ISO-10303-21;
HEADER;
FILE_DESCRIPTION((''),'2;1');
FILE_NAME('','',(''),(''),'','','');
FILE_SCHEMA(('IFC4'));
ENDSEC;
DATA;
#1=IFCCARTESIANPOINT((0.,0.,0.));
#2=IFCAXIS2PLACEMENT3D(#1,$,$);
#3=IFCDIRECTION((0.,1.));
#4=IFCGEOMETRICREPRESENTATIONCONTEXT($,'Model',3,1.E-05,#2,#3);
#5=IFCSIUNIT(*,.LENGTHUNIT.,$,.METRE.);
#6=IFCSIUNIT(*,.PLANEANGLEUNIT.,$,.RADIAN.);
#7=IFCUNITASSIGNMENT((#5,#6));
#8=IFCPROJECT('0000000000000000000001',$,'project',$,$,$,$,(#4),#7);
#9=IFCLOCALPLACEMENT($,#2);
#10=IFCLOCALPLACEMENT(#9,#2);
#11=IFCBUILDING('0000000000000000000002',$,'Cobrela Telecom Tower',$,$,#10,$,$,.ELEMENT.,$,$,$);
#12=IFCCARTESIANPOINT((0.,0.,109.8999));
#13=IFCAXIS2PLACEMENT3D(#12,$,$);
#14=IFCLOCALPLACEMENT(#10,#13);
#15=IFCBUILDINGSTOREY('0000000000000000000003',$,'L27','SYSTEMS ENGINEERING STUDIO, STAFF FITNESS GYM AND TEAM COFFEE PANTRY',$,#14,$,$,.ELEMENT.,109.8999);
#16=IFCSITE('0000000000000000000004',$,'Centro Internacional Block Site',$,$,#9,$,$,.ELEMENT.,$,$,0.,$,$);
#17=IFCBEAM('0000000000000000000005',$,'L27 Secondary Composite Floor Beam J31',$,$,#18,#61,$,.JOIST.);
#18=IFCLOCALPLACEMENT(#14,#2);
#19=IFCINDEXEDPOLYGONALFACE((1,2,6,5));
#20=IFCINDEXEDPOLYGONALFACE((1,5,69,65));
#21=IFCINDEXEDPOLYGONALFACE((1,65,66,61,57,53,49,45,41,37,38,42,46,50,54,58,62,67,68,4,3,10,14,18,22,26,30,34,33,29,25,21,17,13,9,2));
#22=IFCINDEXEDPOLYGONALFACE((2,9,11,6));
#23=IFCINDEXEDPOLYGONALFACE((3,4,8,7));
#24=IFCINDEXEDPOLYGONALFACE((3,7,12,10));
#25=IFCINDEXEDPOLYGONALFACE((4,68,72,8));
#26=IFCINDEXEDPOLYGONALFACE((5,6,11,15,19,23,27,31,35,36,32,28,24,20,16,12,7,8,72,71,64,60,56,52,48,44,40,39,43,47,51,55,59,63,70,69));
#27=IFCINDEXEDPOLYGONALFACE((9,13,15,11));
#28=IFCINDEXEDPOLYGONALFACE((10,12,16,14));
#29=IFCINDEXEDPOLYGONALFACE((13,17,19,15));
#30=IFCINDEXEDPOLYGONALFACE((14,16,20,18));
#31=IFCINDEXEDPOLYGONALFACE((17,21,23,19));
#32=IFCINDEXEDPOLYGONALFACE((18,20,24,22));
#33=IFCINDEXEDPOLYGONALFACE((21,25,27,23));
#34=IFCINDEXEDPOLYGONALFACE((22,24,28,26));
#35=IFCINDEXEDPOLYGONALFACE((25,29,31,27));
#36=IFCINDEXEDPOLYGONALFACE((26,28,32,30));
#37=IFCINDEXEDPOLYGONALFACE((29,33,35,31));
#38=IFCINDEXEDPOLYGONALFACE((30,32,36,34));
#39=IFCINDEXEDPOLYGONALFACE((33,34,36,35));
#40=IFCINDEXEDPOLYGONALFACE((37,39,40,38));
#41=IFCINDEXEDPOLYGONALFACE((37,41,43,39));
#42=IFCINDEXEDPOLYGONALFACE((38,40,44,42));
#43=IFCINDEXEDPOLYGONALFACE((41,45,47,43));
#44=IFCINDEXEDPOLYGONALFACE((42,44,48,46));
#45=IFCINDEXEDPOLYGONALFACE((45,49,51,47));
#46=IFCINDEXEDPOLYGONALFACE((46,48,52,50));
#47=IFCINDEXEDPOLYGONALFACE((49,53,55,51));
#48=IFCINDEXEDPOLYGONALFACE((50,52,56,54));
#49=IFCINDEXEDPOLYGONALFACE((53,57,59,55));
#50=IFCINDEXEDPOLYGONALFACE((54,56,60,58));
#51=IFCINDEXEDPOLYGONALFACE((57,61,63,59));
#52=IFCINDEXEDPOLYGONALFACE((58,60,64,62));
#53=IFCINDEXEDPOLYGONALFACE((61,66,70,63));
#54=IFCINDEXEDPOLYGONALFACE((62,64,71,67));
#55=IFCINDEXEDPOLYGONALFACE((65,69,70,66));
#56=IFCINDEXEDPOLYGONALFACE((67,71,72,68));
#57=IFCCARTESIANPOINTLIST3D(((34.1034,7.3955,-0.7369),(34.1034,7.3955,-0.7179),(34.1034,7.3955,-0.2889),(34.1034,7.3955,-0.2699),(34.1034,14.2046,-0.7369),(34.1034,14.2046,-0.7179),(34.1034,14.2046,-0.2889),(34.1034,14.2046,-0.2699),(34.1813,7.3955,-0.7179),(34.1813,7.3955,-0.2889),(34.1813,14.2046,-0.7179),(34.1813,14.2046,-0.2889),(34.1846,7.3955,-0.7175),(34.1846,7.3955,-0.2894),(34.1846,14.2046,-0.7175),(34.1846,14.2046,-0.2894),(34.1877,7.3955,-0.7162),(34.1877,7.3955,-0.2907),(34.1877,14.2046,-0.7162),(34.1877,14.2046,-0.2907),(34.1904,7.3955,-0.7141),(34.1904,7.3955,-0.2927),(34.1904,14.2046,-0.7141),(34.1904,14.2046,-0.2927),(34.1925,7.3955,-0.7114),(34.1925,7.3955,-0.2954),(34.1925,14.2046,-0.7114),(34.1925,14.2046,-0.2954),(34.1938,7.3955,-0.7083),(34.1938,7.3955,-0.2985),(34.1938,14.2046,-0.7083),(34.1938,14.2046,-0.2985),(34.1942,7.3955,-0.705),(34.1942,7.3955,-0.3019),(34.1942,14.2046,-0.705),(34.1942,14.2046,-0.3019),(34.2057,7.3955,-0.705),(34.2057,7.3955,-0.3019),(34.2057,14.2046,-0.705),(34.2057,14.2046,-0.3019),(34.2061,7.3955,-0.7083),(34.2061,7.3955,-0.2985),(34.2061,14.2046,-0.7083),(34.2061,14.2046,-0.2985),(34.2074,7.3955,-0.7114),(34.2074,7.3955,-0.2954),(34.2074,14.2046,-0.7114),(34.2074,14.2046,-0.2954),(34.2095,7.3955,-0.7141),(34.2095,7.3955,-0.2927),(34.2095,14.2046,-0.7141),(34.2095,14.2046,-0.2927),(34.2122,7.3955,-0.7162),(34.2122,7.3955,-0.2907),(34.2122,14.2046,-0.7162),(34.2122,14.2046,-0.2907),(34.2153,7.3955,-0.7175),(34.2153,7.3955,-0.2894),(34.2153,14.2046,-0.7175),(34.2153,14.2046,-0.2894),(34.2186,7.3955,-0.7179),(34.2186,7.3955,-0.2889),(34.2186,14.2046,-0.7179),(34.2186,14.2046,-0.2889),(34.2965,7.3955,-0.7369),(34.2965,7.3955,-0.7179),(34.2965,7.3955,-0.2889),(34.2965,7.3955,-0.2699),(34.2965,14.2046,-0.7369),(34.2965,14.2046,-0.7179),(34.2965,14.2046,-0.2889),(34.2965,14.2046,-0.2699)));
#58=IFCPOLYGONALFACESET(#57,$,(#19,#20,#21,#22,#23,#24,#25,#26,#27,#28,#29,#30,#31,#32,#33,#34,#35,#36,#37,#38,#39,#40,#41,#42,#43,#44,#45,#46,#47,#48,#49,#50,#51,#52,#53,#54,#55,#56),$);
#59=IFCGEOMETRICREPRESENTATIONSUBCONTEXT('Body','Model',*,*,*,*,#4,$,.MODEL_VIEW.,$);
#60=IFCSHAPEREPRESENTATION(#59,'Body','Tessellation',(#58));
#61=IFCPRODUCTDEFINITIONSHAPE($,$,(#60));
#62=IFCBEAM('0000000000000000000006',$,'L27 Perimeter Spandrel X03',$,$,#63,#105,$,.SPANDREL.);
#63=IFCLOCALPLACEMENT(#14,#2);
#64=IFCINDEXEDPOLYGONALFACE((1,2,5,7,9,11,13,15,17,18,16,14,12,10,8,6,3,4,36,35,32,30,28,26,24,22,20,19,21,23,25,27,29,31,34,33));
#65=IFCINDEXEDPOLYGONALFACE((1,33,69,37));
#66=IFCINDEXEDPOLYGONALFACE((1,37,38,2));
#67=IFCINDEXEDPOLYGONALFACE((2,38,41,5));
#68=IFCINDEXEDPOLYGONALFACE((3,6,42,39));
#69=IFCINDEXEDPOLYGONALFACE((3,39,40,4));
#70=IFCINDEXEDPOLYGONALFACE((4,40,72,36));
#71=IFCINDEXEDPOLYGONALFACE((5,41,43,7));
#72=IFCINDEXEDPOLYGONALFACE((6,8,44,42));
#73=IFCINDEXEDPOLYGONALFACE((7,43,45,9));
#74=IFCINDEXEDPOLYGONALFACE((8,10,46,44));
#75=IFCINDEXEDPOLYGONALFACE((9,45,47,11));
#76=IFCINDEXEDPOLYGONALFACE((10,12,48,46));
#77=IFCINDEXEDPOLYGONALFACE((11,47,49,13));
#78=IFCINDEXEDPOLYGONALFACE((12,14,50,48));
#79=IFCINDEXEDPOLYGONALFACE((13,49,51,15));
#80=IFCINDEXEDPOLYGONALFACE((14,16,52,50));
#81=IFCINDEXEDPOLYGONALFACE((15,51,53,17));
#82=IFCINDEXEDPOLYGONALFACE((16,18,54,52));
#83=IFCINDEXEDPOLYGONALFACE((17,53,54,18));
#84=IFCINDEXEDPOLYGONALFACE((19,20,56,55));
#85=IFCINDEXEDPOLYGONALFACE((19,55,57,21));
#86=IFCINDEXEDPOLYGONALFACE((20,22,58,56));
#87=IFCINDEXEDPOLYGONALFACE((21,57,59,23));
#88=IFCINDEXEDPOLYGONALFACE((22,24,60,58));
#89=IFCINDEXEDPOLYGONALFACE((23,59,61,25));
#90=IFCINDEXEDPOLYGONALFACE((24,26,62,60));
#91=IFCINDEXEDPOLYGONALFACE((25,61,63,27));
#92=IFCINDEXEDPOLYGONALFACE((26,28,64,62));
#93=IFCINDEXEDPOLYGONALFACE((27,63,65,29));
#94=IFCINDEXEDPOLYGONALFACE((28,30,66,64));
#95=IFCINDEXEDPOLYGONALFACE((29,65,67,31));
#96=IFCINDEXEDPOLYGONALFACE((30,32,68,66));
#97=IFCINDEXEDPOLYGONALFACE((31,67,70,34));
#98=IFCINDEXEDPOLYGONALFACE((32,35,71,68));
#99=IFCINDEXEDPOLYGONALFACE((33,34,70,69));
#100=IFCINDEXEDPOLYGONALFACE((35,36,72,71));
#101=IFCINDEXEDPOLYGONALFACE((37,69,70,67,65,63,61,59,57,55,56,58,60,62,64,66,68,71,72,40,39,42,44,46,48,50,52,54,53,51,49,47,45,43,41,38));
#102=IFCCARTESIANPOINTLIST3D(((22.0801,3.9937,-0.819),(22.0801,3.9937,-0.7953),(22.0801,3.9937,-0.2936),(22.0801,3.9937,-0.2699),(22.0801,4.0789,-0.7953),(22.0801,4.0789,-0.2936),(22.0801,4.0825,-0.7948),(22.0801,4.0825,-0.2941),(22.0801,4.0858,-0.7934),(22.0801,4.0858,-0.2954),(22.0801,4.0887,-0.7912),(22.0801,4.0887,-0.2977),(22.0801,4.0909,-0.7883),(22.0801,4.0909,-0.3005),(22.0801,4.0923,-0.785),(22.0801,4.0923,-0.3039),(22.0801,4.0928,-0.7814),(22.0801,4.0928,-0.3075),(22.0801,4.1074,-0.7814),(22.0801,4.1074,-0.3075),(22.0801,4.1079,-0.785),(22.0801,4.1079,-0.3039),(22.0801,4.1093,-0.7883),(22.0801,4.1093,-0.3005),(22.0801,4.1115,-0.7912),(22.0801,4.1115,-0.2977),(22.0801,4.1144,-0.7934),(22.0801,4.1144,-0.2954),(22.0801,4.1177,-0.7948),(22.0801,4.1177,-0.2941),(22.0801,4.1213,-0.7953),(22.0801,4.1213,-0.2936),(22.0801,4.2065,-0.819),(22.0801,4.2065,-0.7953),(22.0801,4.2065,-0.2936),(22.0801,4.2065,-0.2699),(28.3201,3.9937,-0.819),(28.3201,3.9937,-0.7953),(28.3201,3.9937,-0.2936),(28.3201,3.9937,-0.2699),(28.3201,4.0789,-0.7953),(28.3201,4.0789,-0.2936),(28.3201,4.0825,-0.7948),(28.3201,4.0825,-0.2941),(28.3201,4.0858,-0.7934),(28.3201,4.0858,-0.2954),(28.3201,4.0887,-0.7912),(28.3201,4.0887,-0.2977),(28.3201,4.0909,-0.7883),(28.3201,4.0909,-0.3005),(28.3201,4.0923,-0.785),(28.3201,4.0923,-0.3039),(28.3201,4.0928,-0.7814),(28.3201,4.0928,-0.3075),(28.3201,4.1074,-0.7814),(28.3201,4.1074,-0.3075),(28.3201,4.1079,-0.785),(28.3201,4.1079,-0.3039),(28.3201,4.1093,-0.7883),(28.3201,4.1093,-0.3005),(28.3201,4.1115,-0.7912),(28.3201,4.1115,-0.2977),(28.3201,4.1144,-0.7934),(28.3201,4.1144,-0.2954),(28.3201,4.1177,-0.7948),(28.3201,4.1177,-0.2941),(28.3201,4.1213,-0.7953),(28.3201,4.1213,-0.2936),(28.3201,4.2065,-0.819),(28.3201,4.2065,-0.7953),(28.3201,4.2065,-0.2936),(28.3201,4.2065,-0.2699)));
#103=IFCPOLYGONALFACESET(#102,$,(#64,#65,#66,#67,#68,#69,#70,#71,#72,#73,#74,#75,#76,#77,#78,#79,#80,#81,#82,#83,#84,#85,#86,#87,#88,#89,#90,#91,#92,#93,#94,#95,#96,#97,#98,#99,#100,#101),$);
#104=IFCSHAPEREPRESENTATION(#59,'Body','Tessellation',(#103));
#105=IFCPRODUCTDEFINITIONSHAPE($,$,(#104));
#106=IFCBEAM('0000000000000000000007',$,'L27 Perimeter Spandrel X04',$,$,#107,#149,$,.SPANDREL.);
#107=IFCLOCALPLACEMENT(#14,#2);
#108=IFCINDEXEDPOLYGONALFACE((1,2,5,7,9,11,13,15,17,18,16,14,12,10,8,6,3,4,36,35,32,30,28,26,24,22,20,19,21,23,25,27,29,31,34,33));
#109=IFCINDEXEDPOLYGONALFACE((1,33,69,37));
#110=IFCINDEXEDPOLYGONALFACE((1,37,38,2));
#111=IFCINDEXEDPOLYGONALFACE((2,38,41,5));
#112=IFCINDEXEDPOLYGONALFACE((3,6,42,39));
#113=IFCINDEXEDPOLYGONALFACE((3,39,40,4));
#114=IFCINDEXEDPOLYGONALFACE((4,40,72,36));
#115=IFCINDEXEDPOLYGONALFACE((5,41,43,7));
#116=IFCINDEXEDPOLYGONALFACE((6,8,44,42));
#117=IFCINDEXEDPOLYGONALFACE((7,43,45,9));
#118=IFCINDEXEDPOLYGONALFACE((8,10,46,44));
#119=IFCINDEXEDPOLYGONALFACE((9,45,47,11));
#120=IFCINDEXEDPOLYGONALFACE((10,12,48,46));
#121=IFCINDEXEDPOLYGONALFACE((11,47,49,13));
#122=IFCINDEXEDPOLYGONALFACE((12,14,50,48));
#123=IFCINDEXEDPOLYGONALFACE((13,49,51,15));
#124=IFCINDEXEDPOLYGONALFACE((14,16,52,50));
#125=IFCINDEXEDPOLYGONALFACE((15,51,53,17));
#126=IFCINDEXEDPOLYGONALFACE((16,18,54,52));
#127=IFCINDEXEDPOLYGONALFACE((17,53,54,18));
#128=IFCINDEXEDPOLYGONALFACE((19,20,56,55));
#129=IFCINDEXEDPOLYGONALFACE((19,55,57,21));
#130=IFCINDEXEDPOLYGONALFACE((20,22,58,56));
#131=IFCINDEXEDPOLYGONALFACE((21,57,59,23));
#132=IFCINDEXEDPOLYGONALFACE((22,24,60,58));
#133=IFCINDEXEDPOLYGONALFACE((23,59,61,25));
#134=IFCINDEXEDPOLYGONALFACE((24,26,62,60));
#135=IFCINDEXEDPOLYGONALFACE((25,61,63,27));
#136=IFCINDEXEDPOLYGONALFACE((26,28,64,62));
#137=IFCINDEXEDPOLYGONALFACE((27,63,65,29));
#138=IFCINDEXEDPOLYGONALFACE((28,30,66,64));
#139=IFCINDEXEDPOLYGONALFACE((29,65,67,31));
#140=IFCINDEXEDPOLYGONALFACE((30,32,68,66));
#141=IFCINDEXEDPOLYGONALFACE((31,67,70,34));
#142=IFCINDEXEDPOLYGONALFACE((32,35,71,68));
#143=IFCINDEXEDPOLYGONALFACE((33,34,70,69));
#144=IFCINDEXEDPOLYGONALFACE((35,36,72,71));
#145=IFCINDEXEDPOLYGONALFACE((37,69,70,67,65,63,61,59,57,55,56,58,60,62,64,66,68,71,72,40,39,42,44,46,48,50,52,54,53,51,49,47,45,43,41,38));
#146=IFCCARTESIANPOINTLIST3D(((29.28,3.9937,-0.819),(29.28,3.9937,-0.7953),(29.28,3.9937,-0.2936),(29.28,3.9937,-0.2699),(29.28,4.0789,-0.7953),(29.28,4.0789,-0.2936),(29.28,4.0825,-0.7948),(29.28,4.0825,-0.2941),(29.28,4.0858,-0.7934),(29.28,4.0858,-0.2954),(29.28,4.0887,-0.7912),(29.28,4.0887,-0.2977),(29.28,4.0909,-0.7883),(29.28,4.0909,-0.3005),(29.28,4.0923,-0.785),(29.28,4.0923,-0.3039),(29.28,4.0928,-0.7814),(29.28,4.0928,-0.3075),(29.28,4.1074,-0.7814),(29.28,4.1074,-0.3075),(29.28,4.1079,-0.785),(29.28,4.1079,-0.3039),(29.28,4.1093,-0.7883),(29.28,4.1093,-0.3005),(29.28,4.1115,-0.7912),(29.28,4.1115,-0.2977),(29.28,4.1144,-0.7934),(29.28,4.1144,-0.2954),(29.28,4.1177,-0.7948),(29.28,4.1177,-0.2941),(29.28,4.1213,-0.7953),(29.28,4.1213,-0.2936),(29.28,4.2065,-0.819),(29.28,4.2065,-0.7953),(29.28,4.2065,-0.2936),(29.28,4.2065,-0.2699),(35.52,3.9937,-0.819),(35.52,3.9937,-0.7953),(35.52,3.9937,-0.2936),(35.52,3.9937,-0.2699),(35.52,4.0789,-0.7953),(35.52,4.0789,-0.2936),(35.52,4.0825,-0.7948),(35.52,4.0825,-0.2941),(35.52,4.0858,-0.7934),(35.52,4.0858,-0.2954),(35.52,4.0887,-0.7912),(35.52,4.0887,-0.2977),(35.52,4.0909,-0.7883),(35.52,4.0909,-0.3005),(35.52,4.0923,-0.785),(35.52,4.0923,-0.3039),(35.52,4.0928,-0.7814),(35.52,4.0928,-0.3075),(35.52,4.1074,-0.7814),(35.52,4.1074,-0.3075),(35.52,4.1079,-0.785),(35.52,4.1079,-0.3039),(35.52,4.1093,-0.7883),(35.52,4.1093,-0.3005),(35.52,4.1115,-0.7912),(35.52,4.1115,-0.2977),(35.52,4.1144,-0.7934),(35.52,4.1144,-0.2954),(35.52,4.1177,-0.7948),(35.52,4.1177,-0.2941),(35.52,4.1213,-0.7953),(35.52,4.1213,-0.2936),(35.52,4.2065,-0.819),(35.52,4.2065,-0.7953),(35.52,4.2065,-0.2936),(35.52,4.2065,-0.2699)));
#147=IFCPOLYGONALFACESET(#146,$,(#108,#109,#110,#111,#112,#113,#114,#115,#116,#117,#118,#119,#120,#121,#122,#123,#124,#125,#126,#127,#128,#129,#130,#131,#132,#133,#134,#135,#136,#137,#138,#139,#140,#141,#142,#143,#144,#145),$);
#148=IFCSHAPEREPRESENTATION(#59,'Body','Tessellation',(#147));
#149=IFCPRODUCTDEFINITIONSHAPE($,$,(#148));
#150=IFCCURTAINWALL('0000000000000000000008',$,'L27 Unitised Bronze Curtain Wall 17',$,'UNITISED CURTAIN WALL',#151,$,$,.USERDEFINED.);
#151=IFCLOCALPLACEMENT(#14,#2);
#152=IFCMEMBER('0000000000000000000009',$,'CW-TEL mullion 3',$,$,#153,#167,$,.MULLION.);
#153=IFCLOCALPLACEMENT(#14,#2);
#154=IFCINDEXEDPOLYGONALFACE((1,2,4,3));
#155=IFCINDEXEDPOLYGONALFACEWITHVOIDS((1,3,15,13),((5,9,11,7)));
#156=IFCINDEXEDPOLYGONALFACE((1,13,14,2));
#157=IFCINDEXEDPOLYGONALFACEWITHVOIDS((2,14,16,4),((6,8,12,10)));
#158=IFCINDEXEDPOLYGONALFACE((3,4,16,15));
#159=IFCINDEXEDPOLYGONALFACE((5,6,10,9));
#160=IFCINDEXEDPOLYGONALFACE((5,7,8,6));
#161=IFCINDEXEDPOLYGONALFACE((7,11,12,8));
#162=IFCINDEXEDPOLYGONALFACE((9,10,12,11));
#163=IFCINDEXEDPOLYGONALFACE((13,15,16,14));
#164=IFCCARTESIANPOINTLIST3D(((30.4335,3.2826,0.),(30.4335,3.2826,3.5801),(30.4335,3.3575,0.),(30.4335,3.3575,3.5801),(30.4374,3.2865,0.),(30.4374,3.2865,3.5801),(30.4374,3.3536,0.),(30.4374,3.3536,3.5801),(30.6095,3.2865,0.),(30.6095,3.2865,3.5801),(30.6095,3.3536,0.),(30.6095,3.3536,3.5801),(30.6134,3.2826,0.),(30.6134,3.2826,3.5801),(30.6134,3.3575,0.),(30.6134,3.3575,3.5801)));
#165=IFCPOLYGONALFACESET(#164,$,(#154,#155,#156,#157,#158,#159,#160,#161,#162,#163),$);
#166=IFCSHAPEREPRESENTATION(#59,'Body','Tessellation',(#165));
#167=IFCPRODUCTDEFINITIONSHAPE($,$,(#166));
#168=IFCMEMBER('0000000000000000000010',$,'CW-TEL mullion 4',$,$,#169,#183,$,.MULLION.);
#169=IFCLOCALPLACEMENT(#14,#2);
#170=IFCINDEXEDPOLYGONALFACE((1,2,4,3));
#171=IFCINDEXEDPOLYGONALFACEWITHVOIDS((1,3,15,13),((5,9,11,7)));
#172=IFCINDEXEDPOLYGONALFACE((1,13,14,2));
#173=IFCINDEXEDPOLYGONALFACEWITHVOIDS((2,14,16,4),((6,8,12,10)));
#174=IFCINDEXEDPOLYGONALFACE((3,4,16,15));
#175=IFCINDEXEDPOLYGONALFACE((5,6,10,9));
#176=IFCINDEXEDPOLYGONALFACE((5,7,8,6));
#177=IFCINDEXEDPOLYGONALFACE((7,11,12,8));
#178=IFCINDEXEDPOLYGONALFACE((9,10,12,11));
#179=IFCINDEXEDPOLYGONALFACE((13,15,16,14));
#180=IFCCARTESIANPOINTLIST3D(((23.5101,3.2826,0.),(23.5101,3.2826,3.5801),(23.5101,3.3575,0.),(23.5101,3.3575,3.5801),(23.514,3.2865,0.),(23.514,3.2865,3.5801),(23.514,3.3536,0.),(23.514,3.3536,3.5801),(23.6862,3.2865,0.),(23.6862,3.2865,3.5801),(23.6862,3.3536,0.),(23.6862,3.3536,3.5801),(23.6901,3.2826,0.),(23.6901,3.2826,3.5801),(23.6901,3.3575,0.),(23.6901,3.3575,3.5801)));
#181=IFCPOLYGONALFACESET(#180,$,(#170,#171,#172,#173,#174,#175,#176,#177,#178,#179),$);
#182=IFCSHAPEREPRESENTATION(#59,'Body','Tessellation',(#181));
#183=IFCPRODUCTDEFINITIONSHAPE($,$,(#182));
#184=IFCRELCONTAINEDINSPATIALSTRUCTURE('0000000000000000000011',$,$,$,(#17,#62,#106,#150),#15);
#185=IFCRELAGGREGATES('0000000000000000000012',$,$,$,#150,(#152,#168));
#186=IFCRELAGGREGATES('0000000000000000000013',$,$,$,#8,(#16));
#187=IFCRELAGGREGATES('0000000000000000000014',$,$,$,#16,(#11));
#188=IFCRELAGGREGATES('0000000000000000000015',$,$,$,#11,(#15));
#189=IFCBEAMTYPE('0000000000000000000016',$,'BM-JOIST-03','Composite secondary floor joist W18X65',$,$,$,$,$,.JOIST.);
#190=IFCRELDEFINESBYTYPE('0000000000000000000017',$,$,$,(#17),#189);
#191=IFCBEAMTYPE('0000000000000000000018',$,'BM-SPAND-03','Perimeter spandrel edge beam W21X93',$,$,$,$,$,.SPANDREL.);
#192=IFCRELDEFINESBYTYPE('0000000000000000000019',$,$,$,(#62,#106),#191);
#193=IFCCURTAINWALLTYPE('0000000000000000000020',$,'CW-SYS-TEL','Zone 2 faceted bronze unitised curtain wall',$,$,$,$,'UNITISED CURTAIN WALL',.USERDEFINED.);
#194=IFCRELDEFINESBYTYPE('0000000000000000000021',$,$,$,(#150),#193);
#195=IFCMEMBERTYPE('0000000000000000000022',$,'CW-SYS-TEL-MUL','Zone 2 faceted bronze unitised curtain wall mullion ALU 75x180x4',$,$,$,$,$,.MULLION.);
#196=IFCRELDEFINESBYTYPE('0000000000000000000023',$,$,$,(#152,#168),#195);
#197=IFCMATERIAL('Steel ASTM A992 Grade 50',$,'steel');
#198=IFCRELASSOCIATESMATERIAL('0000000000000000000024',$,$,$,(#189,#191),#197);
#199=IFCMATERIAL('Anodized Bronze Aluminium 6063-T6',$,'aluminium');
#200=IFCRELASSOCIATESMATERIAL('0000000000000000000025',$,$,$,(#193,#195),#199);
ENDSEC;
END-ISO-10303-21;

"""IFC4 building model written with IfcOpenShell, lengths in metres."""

from ifc_helpers import new_model, si_unit, direction, frame, origin, origin_2d, place, context, subcontext, project, spatial, hollow_rectangle, i_section, extrude, material, material_profile, profile_set, type_object, element, aggregate, save


model = new_model("IFC4")

# Units and contexts
model_context = context("Model", 3, precision=1e-05, world=origin(), true_north=direction((0.0, 1.0)))
body_context = subcontext(model_context, "Body", "Model", "MODEL_VIEW")
ifc_project = project(units=[si_unit("LENGTHUNIT", "METRE"), si_unit("PLANEANGLEUNIT", "RADIAN")], contexts=[model_context])

# Site, building, storey
site_placement = place(None, origin())
site = spatial("IfcSite", under=ifc_project, at=site_placement, Name="Centro Internacional Block Site", CompositionType="ELEMENT", RefElevation=0.0)
building_placement = place(site_placement, origin())
building = spatial("IfcBuilding", under=site, at=building_placement, Name="Cobrela Telecom Tower", CompositionType="ELEMENT")
storey_placement = place(building_placement, frame((0.0, 0.0, 109.8999)))
storey = spatial("IfcBuildingStorey", under=building, at=storey_placement, Name="L27", Description="SYSTEMS ENGINEERING STUDIO, STAFF FITNESS GYM AND TEAM COFFEE PANTRY", CompositionType="ELEMENT", Elevation=109.8999)

# Shared definitions
ifc_material_1 = material(Name="Steel ASTM A992 Grade 50", Category="steel")

# Beams
ifc_material_profile_1 = material_profile(ifc_material_1, i_section(OverallWidth=0.1931, OverallDepth=0.467, WebThickness=0.0115, FlangeThickness=0.019, FilletRadius=0.0129, at=origin_2d()), Name="W18X65")
ifc_profile_set_1 = profile_set([ifc_material_profile_1], Name="Steel ASTM A992 Grade 50")
beam_type_1 = type_object("IfcBeamType", Name="BM-JOIST-03", Description="Composite secondary floor joist W18X65", PredefinedType="JOIST", material=ifc_profile_set_1)
for number, where, z_axis, x_axis, name in (
    (1, (34.2, 7.3955, -0.5034), (0.0, 1.0, 0.0), (-1.0, 0.0, 0.0), "L27 Secondary Composite Floor Beam J31"),
):
    element("IfcBeam", number, at=place(storey_placement, frame(where, z_axis=z_axis, x_axis=x_axis)), inside=storey, type_object=beam_type_1, Name=name, PredefinedType="JOIST", context=body_context, shape_type="SweptSolid", body=[
        extrude(i_section(OverallWidth=0.1931, OverallDepth=0.467, WebThickness=0.0115, FlangeThickness=0.019, FilletRadius=0.0129, at=origin_2d()), origin(), (0.0, 0.0, 1.0), 6.8091),
    ])
ifc_material_profile_2 = material_profile(ifc_material_1, i_section(OverallWidth=0.2129, OverallDepth=0.5491, WebThickness=0.0146, FlangeThickness=0.0237, FilletRadius=0.0139, at=origin_2d()), Name="W21X93")
ifc_profile_set_2 = profile_set([ifc_material_profile_2], Name="Steel ASTM A992 Grade 50")
beam_type_2 = type_object("IfcBeamType", Name="BM-SPAND-03", Description="Perimeter spandrel edge beam W21X93", PredefinedType="SPANDREL", material=ifc_profile_set_2)
for number, where, z_axis, x_axis, name in (
    (2, (22.0801, 4.1001, -0.5444), (1.0, 0.0, 0.0), (0.0, 1.0, 0.0), "L27 Perimeter Spandrel X03"),
    (3, (29.28, 4.1001, -0.5444), (1.0, 0.0, 0.0), (0.0, 1.0, 0.0), "L27 Perimeter Spandrel X04"),
):
    element("IfcBeam", number, at=place(storey_placement, frame(where, z_axis=z_axis, x_axis=x_axis)), inside=storey, type_object=beam_type_2, Name=name, PredefinedType="SPANDREL", context=body_context, shape_type="SweptSolid", body=[
        extrude(i_section(OverallWidth=0.2129, OverallDepth=0.5491, WebThickness=0.0146, FlangeThickness=0.0237, FilletRadius=0.0139, at=origin_2d()), origin(), (0.0, 0.0, 1.0), 6.24),
    ])

# Curtain wall, members
ifc_material_2 = material(Name="Anodized Bronze Aluminium 6063-T6", Category="aluminium")
curtain_wall_type = type_object("IfcCurtainWallType", Name="CW-SYS-TEL", Description="Zone 2 faceted bronze unitised curtain wall", ElementType="UNITISED CURTAIN WALL", PredefinedType="USERDEFINED", material=ifc_material_2)
curtain_wall_placement = place(storey_placement, origin())
curtain_wall = element("IfcCurtainWall", 4, at=curtain_wall_placement, inside=storey, type_object=curtain_wall_type, Name="L27 Unitised Bronze Curtain Wall 17", ObjectType="UNITISED CURTAIN WALL", PredefinedType="USERDEFINED")
ifc_material_profile_3 = material_profile(ifc_material_2, hollow_rectangle(XDim=0.075, YDim=0.1799, WallThickness=0.0039, at=origin_2d()), Name="ALU 75x180x4")
ifc_profile_set_3 = profile_set([ifc_material_profile_3], Name="Anodized Bronze Aluminium 6063-T6")
member_type_1 = type_object("IfcMemberType", Name="CW-SYS-TEL-MUL", Description="Zone 2 faceted bronze unitised curtain wall mullion ALU 75x180x4", PredefinedType="MULLION", material=ifc_profile_set_3)
member_1_placement = place(storey_placement, frame((30.5234, 3.3201, 0.0), z_axis=(0.0, 0.0, 1.0), x_axis=(0.0, -1.0, 0.0)))
member_1 = element("IfcMember", 5, at=member_1_placement, type_object=member_type_1, Name="CW-TEL mullion 3", PredefinedType="MULLION", context=body_context, shape_type="SweptSolid", body=[
    extrude(hollow_rectangle(XDim=0.075, YDim=0.1799, WallThickness=0.0039, at=origin_2d()), origin(), (0.0, 0.0, 1.0), 3.5801),
])
member_2_placement = place(storey_placement, frame((23.6001, 3.3201, 0.0), z_axis=(0.0, 0.0, 1.0), x_axis=(0.0, -1.0, 0.0)))
member_2 = element("IfcMember", 6, at=member_2_placement, type_object=member_type_1, Name="CW-TEL mullion 4", PredefinedType="MULLION", context=body_context, shape_type="SweptSolid", body=[
    extrude(hollow_rectangle(XDim=0.075, YDim=0.1799, WallThickness=0.0039, at=origin_2d()), origin(), (0.0, 0.0, 1.0), 3.5801),
])
aggregate(curtain_wall, [member_1, member_2])

save(model, "model.ifc")
